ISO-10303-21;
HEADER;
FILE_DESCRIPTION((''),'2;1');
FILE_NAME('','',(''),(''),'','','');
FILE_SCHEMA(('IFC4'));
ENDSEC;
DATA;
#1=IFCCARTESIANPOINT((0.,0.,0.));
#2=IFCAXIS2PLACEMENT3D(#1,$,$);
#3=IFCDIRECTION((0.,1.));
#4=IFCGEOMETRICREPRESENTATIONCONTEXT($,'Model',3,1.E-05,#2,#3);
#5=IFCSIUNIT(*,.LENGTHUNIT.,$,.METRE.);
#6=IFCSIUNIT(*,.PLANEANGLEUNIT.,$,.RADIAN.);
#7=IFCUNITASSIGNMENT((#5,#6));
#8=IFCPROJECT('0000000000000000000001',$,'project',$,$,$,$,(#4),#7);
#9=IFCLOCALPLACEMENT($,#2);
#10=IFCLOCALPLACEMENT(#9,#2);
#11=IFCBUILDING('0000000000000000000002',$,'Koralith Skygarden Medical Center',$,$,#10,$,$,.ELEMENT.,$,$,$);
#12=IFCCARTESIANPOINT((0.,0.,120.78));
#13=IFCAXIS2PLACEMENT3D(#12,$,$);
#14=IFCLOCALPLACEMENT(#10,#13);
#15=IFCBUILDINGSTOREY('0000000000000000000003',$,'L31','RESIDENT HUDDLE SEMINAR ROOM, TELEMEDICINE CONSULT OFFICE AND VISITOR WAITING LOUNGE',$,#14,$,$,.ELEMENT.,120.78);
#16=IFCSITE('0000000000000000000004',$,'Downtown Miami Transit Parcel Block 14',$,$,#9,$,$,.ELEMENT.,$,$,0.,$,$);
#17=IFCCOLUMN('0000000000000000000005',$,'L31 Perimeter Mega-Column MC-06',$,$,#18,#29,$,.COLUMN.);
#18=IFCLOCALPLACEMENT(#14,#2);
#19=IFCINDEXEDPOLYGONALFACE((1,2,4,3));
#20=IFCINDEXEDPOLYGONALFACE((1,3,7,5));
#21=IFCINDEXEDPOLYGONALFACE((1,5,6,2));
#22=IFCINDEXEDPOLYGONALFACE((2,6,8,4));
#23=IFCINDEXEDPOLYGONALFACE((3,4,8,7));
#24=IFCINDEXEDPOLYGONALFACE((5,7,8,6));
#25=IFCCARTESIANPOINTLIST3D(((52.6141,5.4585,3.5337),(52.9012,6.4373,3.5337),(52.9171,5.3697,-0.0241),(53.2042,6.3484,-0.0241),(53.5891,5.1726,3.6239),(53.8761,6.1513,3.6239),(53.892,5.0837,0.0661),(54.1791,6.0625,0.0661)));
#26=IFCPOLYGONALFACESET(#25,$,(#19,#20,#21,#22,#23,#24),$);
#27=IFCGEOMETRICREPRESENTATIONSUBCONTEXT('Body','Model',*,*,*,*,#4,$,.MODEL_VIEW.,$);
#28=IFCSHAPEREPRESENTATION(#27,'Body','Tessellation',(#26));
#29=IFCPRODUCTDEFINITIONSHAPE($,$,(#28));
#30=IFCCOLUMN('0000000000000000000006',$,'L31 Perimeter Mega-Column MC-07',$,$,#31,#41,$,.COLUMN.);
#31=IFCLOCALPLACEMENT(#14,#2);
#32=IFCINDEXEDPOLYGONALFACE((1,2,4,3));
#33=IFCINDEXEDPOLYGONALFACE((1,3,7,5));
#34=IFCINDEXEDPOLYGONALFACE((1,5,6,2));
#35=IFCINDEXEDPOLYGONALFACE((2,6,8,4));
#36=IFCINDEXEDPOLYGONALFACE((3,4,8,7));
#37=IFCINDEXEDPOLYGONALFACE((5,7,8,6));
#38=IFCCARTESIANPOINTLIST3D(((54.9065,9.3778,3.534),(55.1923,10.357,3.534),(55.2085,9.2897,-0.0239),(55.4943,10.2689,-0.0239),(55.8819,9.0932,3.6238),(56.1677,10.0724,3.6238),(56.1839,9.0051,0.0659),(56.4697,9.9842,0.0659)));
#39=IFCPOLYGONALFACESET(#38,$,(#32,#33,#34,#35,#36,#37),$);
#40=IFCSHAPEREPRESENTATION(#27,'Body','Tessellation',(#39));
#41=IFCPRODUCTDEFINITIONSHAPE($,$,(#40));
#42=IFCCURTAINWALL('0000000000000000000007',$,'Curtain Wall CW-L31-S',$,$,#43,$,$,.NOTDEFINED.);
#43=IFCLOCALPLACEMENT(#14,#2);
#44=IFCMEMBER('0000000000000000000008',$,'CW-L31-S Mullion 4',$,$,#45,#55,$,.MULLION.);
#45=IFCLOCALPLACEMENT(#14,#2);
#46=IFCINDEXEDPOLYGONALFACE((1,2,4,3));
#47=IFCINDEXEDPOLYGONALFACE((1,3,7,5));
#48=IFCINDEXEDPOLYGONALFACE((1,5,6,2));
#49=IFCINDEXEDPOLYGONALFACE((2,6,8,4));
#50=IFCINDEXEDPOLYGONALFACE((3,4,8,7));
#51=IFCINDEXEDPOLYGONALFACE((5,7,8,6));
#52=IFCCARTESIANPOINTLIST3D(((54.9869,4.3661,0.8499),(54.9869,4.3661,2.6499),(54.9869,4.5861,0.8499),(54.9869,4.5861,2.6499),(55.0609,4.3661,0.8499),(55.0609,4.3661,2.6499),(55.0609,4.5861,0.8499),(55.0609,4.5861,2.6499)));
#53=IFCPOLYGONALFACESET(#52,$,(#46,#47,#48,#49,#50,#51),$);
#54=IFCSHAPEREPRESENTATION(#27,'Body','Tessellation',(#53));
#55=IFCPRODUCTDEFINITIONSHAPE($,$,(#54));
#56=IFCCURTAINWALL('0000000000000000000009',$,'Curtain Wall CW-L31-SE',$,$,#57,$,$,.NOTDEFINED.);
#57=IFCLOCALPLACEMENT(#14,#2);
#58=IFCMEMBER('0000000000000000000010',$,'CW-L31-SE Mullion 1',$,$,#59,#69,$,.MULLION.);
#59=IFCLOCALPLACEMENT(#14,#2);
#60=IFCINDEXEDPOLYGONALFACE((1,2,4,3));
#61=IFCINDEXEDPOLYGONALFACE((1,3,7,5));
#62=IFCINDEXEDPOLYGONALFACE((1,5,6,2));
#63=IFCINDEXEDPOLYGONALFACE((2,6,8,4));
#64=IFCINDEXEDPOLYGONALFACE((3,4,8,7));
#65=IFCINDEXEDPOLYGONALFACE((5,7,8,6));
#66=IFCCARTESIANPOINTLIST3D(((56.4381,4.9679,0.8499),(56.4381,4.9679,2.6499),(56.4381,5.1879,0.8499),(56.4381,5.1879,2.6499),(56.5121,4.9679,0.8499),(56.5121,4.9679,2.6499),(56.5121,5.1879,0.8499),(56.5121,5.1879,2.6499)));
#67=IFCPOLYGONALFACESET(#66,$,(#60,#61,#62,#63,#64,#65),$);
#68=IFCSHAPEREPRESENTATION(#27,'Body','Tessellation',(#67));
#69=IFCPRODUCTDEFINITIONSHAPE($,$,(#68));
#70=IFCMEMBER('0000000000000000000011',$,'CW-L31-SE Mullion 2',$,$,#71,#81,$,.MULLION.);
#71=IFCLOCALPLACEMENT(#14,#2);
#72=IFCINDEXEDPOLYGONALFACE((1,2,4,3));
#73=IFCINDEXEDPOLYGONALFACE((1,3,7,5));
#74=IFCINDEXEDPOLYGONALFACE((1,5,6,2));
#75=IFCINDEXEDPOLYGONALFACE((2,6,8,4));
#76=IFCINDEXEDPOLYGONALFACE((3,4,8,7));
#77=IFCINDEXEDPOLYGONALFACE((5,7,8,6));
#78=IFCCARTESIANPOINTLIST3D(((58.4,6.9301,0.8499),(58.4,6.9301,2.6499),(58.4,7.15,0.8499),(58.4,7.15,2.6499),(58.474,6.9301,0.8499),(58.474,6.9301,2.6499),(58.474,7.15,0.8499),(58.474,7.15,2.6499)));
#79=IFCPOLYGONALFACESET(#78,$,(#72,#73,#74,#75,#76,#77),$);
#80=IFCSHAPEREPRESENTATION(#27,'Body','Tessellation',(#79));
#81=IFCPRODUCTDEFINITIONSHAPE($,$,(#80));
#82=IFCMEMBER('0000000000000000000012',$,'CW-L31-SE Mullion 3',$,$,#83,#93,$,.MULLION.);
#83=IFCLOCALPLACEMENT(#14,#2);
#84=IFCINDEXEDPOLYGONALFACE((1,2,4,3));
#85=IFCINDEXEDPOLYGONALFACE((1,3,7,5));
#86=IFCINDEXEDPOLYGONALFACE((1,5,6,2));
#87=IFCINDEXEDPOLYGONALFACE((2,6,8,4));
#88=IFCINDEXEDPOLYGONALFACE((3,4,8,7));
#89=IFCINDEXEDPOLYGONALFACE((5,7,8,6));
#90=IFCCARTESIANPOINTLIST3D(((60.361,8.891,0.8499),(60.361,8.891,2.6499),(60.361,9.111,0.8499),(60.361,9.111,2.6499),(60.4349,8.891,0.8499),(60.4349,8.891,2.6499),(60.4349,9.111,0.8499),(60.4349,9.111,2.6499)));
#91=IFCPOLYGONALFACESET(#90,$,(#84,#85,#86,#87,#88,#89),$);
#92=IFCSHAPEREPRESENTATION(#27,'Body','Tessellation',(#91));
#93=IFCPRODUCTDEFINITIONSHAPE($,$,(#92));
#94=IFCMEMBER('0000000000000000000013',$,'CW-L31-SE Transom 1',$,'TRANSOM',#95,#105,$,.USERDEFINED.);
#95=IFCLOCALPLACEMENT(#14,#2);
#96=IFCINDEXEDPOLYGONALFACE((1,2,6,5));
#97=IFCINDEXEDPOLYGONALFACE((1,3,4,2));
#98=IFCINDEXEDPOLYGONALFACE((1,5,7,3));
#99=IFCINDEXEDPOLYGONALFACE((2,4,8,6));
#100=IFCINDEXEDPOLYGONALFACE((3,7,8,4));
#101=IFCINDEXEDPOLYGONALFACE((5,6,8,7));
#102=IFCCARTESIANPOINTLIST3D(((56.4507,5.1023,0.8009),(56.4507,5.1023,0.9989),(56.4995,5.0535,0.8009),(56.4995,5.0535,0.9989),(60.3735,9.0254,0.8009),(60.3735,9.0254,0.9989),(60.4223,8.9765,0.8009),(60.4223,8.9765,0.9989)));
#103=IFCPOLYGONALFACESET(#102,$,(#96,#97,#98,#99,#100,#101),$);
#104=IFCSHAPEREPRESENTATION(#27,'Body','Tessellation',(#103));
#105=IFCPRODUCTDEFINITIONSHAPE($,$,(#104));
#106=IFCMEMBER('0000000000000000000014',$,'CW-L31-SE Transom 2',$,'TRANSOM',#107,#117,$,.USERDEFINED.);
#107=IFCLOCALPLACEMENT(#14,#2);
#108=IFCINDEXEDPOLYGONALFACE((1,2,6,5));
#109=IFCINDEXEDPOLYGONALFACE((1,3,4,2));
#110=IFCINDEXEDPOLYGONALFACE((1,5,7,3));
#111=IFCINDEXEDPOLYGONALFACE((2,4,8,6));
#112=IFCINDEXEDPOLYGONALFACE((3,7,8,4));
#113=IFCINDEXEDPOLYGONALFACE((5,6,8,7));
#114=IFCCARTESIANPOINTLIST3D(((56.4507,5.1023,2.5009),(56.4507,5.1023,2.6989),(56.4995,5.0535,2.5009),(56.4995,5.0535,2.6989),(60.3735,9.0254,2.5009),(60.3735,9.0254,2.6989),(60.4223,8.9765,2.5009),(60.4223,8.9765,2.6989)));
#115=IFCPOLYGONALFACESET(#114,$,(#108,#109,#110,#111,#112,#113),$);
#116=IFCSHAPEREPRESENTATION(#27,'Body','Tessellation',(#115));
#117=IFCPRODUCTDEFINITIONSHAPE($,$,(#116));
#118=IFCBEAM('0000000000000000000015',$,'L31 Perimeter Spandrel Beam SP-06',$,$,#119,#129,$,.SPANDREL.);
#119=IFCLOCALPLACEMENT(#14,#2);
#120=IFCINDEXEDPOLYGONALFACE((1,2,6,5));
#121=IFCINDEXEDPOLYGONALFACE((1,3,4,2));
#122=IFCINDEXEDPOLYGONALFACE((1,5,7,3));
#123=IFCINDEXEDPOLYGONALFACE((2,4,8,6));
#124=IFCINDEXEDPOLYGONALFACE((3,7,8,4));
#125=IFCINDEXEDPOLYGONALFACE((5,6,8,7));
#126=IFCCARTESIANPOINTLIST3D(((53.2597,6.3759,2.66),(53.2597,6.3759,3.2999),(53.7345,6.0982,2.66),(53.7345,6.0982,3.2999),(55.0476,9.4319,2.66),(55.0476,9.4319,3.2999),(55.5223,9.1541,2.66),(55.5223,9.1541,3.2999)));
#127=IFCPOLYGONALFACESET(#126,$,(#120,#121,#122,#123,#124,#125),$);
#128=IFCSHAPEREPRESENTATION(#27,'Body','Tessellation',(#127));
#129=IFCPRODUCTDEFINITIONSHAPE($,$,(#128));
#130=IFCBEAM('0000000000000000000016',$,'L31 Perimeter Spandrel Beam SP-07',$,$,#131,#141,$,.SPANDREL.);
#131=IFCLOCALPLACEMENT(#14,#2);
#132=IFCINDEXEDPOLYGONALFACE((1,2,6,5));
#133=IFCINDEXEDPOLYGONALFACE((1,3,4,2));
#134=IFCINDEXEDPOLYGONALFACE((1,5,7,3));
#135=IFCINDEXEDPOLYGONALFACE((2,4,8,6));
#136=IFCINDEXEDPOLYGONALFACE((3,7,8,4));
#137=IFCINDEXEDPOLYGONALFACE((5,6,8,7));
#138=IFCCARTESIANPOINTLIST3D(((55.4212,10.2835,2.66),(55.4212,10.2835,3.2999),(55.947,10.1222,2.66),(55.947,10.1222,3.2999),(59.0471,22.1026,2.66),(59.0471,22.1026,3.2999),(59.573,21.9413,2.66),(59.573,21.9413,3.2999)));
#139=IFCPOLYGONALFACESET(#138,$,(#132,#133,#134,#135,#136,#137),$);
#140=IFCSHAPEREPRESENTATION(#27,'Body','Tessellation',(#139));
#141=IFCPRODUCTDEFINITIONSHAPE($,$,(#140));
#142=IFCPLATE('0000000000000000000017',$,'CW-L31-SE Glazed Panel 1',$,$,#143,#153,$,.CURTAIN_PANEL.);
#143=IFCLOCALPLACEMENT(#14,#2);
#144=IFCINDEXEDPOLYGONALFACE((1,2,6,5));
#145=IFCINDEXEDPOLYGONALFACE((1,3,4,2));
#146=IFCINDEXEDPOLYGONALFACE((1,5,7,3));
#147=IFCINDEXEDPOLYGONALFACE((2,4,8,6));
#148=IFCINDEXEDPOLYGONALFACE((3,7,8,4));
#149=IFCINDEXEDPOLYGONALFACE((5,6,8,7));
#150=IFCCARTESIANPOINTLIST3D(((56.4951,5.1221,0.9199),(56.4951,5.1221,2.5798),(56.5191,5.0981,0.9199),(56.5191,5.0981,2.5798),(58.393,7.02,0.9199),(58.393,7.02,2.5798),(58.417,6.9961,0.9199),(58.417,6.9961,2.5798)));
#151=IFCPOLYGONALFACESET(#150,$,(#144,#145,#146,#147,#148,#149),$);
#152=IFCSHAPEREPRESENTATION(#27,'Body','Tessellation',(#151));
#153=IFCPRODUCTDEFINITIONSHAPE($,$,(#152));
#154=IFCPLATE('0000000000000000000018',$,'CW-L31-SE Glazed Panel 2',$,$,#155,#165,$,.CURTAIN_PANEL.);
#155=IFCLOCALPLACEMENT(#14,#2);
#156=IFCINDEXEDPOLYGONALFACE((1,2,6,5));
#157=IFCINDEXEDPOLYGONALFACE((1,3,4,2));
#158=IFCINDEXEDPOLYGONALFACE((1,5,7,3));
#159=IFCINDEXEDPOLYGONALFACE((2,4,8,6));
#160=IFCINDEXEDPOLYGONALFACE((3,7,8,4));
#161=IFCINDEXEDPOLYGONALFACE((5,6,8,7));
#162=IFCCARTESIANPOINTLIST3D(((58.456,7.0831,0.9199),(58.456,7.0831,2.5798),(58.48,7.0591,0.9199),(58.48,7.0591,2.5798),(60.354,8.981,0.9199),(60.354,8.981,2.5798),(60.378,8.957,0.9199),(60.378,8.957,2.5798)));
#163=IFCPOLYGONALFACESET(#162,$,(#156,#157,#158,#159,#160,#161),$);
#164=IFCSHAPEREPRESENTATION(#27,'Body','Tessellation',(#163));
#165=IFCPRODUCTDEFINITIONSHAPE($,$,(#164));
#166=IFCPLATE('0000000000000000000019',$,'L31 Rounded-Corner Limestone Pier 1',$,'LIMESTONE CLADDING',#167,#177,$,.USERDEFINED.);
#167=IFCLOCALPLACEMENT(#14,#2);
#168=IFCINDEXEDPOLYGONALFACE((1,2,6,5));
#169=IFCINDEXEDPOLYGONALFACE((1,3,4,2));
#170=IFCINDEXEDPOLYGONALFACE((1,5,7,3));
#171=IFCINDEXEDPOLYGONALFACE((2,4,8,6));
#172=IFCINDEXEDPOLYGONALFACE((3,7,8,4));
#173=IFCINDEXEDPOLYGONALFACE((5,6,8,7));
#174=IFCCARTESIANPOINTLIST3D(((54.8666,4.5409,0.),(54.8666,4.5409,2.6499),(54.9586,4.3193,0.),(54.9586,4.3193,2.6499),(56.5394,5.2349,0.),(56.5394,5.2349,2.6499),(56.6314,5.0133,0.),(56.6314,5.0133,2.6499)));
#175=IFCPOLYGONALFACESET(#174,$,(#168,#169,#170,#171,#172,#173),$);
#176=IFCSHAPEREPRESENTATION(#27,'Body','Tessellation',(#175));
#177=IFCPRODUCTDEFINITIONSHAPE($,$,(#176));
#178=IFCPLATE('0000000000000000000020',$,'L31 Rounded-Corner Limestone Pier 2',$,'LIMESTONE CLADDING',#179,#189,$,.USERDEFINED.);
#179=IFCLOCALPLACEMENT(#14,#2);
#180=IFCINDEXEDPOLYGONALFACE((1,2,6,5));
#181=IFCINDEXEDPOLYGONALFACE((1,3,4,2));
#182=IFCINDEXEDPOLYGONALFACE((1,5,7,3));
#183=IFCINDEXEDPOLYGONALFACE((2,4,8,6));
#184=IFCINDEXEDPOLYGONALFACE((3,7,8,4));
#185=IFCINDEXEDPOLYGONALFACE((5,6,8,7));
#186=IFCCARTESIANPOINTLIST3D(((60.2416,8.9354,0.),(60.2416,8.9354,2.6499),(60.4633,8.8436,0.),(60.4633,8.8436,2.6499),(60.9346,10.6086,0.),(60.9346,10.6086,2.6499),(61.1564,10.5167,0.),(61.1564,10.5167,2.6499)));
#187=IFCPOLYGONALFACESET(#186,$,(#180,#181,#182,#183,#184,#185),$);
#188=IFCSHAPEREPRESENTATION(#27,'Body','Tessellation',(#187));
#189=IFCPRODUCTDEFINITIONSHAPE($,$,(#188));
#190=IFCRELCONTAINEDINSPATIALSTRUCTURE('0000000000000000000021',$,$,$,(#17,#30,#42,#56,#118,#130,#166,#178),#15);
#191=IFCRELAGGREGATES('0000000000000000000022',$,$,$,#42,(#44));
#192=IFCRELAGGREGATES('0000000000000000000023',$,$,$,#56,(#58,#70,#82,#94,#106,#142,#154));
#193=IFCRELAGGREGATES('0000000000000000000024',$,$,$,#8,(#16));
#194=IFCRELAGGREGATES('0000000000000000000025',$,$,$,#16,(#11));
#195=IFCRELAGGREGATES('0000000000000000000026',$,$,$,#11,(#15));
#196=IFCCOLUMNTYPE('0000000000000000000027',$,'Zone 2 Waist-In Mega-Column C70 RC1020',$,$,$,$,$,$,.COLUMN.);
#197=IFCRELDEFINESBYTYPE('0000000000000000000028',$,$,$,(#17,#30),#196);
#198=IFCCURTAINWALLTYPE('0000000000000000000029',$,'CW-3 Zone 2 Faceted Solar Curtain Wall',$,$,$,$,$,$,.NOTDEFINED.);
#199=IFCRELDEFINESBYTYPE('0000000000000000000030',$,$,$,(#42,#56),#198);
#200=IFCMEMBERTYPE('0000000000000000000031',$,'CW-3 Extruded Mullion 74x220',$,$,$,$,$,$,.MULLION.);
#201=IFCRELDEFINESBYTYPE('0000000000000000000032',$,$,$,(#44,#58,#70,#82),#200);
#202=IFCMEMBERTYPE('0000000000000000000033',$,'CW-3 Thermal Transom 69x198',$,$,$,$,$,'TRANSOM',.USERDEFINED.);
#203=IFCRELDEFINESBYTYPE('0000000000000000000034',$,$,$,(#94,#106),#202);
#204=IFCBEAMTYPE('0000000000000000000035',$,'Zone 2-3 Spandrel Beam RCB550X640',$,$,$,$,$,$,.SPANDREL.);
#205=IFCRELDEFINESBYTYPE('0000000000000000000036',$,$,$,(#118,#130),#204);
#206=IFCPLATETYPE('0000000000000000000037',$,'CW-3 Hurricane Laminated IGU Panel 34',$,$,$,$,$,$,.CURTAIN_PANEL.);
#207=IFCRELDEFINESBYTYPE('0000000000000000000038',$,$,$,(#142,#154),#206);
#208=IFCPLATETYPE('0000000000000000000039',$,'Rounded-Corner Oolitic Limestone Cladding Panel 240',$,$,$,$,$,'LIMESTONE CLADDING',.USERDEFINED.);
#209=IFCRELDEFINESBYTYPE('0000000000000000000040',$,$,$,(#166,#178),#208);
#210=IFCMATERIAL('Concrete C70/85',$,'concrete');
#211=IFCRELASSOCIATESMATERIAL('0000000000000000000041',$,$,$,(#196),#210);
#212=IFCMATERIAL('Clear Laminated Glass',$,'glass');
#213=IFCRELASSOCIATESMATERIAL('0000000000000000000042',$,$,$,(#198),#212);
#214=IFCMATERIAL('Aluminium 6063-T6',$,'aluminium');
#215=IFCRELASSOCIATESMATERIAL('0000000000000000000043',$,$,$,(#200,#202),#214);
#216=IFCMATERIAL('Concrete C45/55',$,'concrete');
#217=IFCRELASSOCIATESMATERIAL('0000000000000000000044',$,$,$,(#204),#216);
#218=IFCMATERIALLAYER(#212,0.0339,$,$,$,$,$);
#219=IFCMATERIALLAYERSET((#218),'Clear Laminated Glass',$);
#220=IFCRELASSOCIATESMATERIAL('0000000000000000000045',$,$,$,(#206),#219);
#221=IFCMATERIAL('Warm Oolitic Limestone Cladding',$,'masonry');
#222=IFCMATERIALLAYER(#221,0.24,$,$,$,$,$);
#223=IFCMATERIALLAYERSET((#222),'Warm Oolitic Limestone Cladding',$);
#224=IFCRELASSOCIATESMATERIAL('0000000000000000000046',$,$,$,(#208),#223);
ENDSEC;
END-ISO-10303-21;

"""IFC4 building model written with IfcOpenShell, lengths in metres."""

from ifc_helpers import new_model, si_unit, direction, frame, origin, origin_2d, place, context, subcontext, project, spatial, rectangle, extrude, material, layer, layer_set, material_profile, profile_set, type_object, element, aggregate, save


model = new_model("IFC4")

# Units and contexts
model_context = context("Model", 3, precision=1e-05, world=origin(), true_north=direction((0.0, 1.0)))
body_context = subcontext(model_context, "Body", "Model", "MODEL_VIEW")
ifc_project = project(units=[si_unit("LENGTHUNIT", "METRE"), si_unit("PLANEANGLEUNIT", "RADIAN")], contexts=[model_context])

# Site, building, storey
site_placement = place(None, origin())
site = spatial("IfcSite", under=ifc_project, at=site_placement, Name="Downtown Miami Transit Parcel Block 14", CompositionType="ELEMENT", RefElevation=0.0)
building_placement = place(site_placement, origin())
building = spatial("IfcBuilding", under=site, at=building_placement, Name="Koralith Skygarden Medical Center", CompositionType="ELEMENT")
storey_placement = place(building_placement, frame((0.0, 0.0, 120.78)))
storey = spatial("IfcBuildingStorey", under=building, at=storey_placement, Name="L31", Description="RESIDENT HUDDLE SEMINAR ROOM, TELEMEDICINE CONSULT OFFICE AND VISITOR WAITING LOUNGE", CompositionType="ELEMENT", Elevation=120.78)

# Columns
ifc_material_1 = material(Name="Concrete C70/85", Category="concrete")
ifc_material_profile_1 = material_profile(ifc_material_1, rectangle(XDim=1.02, YDim=1.02, at=origin_2d()), Name="RC1020X1020")
ifc_profile_set_1 = profile_set([ifc_material_profile_1], Name="Concrete C70/85")
column_type = type_object("IfcColumnType", Name="Zone 2 Waist-In Mega-Column C70 RC1020", PredefinedType="COLUMN", material=ifc_profile_set_1)
for number, where, z_axis, x_axis, name in (
    (1, (53.5481, 5.7161, 0.021), (-0.084824, 0.02488, 0.996085), (-0.281455, -0.959575, 0.0), "L31 Perimeter Mega-Column MC-06"),
    (2, (55.8391, 9.637, 0.021), (-0.084553, 0.024676, 0.996113), (-0.280149, -0.959957, 0.0), "L31 Perimeter Mega-Column MC-07"),
):
    element("IfcColumn", number, at=place(storey_placement, frame(where, z_axis=z_axis, x_axis=x_axis)), inside=storey, type_object=column_type, Name=name, PredefinedType="COLUMN", context=body_context, shape_type="SweptSolid", body=[
        extrude(rectangle(XDim=1.02, YDim=1.02, at=origin_2d()), origin(), (0.0, 0.0, 1.0), 3.5718),
    ])

# Curtain wall, member
ifc_material_2 = material(Name="Clear Laminated Glass", Category="glass")
curtain_wall_type = type_object("IfcCurtainWallType", Name="CW-3 Zone 2 Faceted Solar Curtain Wall", PredefinedType="NOTDEFINED", material=ifc_material_2)
curtain_wall_1_placement = place(storey_placement, origin())
curtain_wall_1 = element("IfcCurtainWall", 3, at=curtain_wall_1_placement, inside=storey, type_object=curtain_wall_type, Name="Curtain Wall CW-L31-S", PredefinedType="NOTDEFINED")
ifc_material_3 = material(Name="Aluminium 6063-T6", Category="aluminium")
ifc_material_profile_2 = material_profile(ifc_material_3, rectangle(XDim=0.074, YDim=0.22, at=origin_2d()), Name="MUL74X220")
ifc_profile_set_2 = profile_set([ifc_material_profile_2], Name="Aluminium 6063-T6")
member_type_1 = type_object("IfcMemberType", Name="CW-3 Extruded Mullion 74x220", PredefinedType="MULLION", material=ifc_profile_set_2)
member_1_placement = place(storey_placement, frame((55.0239, 4.4761, 0.8499), z_axis=(0.0, 0.0, 1.0), x_axis=(1.0, 0.0, 0.0)))
member_1 = element("IfcMember", 4, at=member_1_placement, type_object=member_type_1, Name="CW-L31-S Mullion 4", PredefinedType="MULLION", context=body_context, shape_type="SweptSolid", body=[
    extrude(rectangle(XDim=0.074, YDim=0.22, at=origin_2d()), origin(), (0.0, 0.0, 1.0), 1.8),
])
aggregate(curtain_wall_1, [member_1])

# Curtain wall, members
curtain_wall_2_placement = place(storey_placement, origin())
curtain_wall_2 = element("IfcCurtainWall", 5, at=curtain_wall_2_placement, inside=storey, type_object=curtain_wall_type, Name="Curtain Wall CW-L31-SE", PredefinedType="NOTDEFINED")
member_2_placement = place(storey_placement, frame((56.4751, 5.0779, 0.8499), z_axis=(0.0, 0.0, 1.0), x_axis=(1.0, 0.0, 0.0)))
member_2 = element("IfcMember", 6, at=member_2_placement, type_object=member_type_1, Name="CW-L31-SE Mullion 1", PredefinedType="MULLION", context=body_context, shape_type="SweptSolid", body=[
    extrude(rectangle(XDim=0.074, YDim=0.22, at=origin_2d()), origin(), (0.0, 0.0, 1.0), 1.8),
])
member_3_placement = place(storey_placement, frame((58.437, 7.04, 0.8499), z_axis=(0.0, 0.0, 1.0), x_axis=(1.0, 0.0, 0.0)))
member_3 = element("IfcMember", 7, at=member_3_placement, type_object=member_type_1, Name="CW-L31-SE Mullion 2", PredefinedType="MULLION", context=body_context, shape_type="SweptSolid", body=[
    extrude(rectangle(XDim=0.074, YDim=0.22, at=origin_2d()), origin(), (0.0, 0.0, 1.0), 1.8),
])
member_4_placement = place(storey_placement, frame((60.3979, 9.001, 0.8499), z_axis=(0.0, 0.0, 1.0), x_axis=(1.0, 0.0, 0.0)))
member_4 = element("IfcMember", 8, at=member_4_placement, type_object=member_type_1, Name="CW-L31-SE Mullion 3", PredefinedType="MULLION", context=body_context, shape_type="SweptSolid", body=[
    extrude(rectangle(XDim=0.074, YDim=0.22, at=origin_2d()), origin(), (0.0, 0.0, 1.0), 1.8),
])
ifc_material_profile_3 = material_profile(ifc_material_3, rectangle(XDim=0.0691, YDim=0.198, at=origin_2d()), Name="TRN69X198")
ifc_profile_set_3 = profile_set([ifc_material_profile_3], Name="Aluminium 6063-T6")
member_type_2 = type_object("IfcMemberType", Name="CW-3 Thermal Transom 69x198", ElementType="TRANSOM", PredefinedType="USERDEFINED", material=ifc_profile_set_3)
member_5_placement = place(storey_placement, frame((56.4751, 5.0779, 0.8999), z_axis=(0.707085, 0.707129, 0.0), x_axis=(-0.707129, 0.707085, 0.0)))
member_5 = element("IfcMember", 9, at=member_5_placement, type_object=member_type_2, Name="CW-L31-SE Transom 1", ObjectType="TRANSOM", PredefinedType="USERDEFINED", context=body_context, shape_type="SweptSolid", body=[
    extrude(rectangle(XDim=0.0691, YDim=0.198, at=origin_2d()), origin(), (0.0, 0.0, 1.0), 5.5479),
])
member_6_placement = place(storey_placement, frame((56.4751, 5.0779, 2.5999), z_axis=(0.707085, 0.707129, 0.0), x_axis=(-0.707129, 0.707085, 0.0)))
member_6 = element("IfcMember", 10, at=member_6_placement, type_object=member_type_2, Name="CW-L31-SE Transom 2", ObjectType="TRANSOM", PredefinedType="USERDEFINED", context=body_context, shape_type="SweptSolid", body=[
    extrude(rectangle(XDim=0.0691, YDim=0.198, at=origin_2d()), origin(), (0.0, 0.0, 1.0), 5.5479),
])

# Beams
ifc_material_4 = material(Name="Concrete C45/55", Category="concrete")
ifc_material_profile_4 = material_profile(ifc_material_4, rectangle(XDim=0.55, YDim=0.6399, at=origin_2d()), Name="RCB550X640")
ifc_profile_set_4 = profile_set([ifc_material_profile_4], Name="Concrete C45/55")
beam_type = type_object("IfcBeamType", Name="Zone 2-3 Spandrel Beam RCB550X640", PredefinedType="SPANDREL", material=ifc_profile_set_4)
beam_1_placement = place(storey_placement, frame((53.4971, 6.2371, 2.98), z_axis=(0.504972, 0.863135, 0.0), x_axis=(-0.863135, 0.504972, 0.0)))
element("IfcBeam", 11, at=beam_1_placement, inside=storey, type_object=beam_type, Name="L31 Perimeter Spandrel Beam SP-06", PredefinedType="SPANDREL", context=body_context, shape_type="SweptSolid", body=[
    extrude(rectangle(XDim=0.55, YDim=0.6399, at=origin_2d()), origin(), (0.0, 0.0, 1.0), 3.5405),
])
beam_2_placement = place(storey_placement, frame((55.6841, 10.2029, 2.98), z_axis=(0.293298, 0.956021, 0.0), x_axis=(-0.956021, 0.293298, 0.0)))
element("IfcBeam", 12, at=beam_2_placement, inside=storey, type_object=beam_type, Name="L31 Perimeter Spandrel Beam SP-07", PredefinedType="SPANDREL", context=body_context, shape_type="SweptSolid", body=[
    extrude(rectangle(XDim=0.55, YDim=0.6399, at=origin_2d()), origin(), (0.0, 0.0, 1.0), 12.3628),
])

# Plates
ifc_layer_1 = layer(ifc_material_2, 0.0339)
ifc_layer_set_1 = layer_set([ifc_layer_1], Name="Clear Laminated Glass")
plate_type_1 = type_object("IfcPlateType", Name="CW-3 Hurricane Laminated IGU Panel 34", PredefinedType="CURTAIN_PANEL", material=ifc_layer_set_1)
plate_1_placement = place(storey_placement, frame((57.4561, 6.0591, 0.9199), z_axis=(0.0, 0.0, 1.0), x_axis=(0.707107, 0.707107, 0.0)))
plate_1 = element("IfcPlate", 13, at=plate_1_placement, type_object=plate_type_1, Name="CW-L31-SE Glazed Panel 1", PredefinedType="CURTAIN_PANEL", context=body_context, shape_type="SweptSolid", body=[
    extrude(rectangle(XDim=2.6841, YDim=0.0339, at=origin_2d()), origin(), (0.0, 0.0, 1.0), 1.6599),
])
plate_2_placement = place(storey_placement, frame((59.417, 8.02, 0.9199), z_axis=(0.0, 0.0, 1.0), x_axis=(0.707107, 0.707107, 0.0)))
plate_2 = element("IfcPlate", 14, at=plate_2_placement, type_object=plate_type_1, Name="CW-L31-SE Glazed Panel 2", PredefinedType="CURTAIN_PANEL", context=body_context, shape_type="SweptSolid", body=[
    extrude(rectangle(XDim=2.6841, YDim=0.0339, at=origin_2d()), origin(), (0.0, 0.0, 1.0), 1.6599),
])
aggregate(curtain_wall_2, [member_2, member_3, member_4, member_5, member_6, plate_1, plate_2])

# Plates
ifc_material_5 = material(Name="Warm Oolitic Limestone Cladding", Category="masonry")
ifc_layer_2 = layer(ifc_material_5, 0.24)
ifc_layer_set_2 = layer_set([ifc_layer_2], Name="Warm Oolitic Limestone Cladding")
plate_type_2 = type_object("IfcPlateType", Name="Rounded-Corner Oolitic Limestone Cladding Panel 240", ElementType="LIMESTONE CLADDING", PredefinedType="USERDEFINED", material=ifc_layer_set_2)
for number, where, z_axis, x_axis, name in (
    (15, (55.749, 4.7771, 0.0), (0.0, 0.0, 1.0), (0.92366, 0.383214, 0.0), "L31 Rounded-Corner Limestone Pier 1"),
    (16, (60.699, 9.7261, 0.0), (0.0, 0.0, 1.0), (0.382671, 0.923885, 0.0), "L31 Rounded-Corner Limestone Pier 2"),
):
    element("IfcPlate", number, at=place(storey_placement, frame(where, z_axis=z_axis, x_axis=x_axis)), inside=storey, type_object=plate_type_2, Name=name, ObjectType="LIMESTONE CLADDING", PredefinedType="USERDEFINED", context=body_context, shape_type="SweptSolid", body=[
        extrude(rectangle(XDim=1.811, YDim=0.24, at=origin_2d()), origin(), (0.0, 0.0, 1.0), 2.6499),
    ])

save(model, "model.ifc")
